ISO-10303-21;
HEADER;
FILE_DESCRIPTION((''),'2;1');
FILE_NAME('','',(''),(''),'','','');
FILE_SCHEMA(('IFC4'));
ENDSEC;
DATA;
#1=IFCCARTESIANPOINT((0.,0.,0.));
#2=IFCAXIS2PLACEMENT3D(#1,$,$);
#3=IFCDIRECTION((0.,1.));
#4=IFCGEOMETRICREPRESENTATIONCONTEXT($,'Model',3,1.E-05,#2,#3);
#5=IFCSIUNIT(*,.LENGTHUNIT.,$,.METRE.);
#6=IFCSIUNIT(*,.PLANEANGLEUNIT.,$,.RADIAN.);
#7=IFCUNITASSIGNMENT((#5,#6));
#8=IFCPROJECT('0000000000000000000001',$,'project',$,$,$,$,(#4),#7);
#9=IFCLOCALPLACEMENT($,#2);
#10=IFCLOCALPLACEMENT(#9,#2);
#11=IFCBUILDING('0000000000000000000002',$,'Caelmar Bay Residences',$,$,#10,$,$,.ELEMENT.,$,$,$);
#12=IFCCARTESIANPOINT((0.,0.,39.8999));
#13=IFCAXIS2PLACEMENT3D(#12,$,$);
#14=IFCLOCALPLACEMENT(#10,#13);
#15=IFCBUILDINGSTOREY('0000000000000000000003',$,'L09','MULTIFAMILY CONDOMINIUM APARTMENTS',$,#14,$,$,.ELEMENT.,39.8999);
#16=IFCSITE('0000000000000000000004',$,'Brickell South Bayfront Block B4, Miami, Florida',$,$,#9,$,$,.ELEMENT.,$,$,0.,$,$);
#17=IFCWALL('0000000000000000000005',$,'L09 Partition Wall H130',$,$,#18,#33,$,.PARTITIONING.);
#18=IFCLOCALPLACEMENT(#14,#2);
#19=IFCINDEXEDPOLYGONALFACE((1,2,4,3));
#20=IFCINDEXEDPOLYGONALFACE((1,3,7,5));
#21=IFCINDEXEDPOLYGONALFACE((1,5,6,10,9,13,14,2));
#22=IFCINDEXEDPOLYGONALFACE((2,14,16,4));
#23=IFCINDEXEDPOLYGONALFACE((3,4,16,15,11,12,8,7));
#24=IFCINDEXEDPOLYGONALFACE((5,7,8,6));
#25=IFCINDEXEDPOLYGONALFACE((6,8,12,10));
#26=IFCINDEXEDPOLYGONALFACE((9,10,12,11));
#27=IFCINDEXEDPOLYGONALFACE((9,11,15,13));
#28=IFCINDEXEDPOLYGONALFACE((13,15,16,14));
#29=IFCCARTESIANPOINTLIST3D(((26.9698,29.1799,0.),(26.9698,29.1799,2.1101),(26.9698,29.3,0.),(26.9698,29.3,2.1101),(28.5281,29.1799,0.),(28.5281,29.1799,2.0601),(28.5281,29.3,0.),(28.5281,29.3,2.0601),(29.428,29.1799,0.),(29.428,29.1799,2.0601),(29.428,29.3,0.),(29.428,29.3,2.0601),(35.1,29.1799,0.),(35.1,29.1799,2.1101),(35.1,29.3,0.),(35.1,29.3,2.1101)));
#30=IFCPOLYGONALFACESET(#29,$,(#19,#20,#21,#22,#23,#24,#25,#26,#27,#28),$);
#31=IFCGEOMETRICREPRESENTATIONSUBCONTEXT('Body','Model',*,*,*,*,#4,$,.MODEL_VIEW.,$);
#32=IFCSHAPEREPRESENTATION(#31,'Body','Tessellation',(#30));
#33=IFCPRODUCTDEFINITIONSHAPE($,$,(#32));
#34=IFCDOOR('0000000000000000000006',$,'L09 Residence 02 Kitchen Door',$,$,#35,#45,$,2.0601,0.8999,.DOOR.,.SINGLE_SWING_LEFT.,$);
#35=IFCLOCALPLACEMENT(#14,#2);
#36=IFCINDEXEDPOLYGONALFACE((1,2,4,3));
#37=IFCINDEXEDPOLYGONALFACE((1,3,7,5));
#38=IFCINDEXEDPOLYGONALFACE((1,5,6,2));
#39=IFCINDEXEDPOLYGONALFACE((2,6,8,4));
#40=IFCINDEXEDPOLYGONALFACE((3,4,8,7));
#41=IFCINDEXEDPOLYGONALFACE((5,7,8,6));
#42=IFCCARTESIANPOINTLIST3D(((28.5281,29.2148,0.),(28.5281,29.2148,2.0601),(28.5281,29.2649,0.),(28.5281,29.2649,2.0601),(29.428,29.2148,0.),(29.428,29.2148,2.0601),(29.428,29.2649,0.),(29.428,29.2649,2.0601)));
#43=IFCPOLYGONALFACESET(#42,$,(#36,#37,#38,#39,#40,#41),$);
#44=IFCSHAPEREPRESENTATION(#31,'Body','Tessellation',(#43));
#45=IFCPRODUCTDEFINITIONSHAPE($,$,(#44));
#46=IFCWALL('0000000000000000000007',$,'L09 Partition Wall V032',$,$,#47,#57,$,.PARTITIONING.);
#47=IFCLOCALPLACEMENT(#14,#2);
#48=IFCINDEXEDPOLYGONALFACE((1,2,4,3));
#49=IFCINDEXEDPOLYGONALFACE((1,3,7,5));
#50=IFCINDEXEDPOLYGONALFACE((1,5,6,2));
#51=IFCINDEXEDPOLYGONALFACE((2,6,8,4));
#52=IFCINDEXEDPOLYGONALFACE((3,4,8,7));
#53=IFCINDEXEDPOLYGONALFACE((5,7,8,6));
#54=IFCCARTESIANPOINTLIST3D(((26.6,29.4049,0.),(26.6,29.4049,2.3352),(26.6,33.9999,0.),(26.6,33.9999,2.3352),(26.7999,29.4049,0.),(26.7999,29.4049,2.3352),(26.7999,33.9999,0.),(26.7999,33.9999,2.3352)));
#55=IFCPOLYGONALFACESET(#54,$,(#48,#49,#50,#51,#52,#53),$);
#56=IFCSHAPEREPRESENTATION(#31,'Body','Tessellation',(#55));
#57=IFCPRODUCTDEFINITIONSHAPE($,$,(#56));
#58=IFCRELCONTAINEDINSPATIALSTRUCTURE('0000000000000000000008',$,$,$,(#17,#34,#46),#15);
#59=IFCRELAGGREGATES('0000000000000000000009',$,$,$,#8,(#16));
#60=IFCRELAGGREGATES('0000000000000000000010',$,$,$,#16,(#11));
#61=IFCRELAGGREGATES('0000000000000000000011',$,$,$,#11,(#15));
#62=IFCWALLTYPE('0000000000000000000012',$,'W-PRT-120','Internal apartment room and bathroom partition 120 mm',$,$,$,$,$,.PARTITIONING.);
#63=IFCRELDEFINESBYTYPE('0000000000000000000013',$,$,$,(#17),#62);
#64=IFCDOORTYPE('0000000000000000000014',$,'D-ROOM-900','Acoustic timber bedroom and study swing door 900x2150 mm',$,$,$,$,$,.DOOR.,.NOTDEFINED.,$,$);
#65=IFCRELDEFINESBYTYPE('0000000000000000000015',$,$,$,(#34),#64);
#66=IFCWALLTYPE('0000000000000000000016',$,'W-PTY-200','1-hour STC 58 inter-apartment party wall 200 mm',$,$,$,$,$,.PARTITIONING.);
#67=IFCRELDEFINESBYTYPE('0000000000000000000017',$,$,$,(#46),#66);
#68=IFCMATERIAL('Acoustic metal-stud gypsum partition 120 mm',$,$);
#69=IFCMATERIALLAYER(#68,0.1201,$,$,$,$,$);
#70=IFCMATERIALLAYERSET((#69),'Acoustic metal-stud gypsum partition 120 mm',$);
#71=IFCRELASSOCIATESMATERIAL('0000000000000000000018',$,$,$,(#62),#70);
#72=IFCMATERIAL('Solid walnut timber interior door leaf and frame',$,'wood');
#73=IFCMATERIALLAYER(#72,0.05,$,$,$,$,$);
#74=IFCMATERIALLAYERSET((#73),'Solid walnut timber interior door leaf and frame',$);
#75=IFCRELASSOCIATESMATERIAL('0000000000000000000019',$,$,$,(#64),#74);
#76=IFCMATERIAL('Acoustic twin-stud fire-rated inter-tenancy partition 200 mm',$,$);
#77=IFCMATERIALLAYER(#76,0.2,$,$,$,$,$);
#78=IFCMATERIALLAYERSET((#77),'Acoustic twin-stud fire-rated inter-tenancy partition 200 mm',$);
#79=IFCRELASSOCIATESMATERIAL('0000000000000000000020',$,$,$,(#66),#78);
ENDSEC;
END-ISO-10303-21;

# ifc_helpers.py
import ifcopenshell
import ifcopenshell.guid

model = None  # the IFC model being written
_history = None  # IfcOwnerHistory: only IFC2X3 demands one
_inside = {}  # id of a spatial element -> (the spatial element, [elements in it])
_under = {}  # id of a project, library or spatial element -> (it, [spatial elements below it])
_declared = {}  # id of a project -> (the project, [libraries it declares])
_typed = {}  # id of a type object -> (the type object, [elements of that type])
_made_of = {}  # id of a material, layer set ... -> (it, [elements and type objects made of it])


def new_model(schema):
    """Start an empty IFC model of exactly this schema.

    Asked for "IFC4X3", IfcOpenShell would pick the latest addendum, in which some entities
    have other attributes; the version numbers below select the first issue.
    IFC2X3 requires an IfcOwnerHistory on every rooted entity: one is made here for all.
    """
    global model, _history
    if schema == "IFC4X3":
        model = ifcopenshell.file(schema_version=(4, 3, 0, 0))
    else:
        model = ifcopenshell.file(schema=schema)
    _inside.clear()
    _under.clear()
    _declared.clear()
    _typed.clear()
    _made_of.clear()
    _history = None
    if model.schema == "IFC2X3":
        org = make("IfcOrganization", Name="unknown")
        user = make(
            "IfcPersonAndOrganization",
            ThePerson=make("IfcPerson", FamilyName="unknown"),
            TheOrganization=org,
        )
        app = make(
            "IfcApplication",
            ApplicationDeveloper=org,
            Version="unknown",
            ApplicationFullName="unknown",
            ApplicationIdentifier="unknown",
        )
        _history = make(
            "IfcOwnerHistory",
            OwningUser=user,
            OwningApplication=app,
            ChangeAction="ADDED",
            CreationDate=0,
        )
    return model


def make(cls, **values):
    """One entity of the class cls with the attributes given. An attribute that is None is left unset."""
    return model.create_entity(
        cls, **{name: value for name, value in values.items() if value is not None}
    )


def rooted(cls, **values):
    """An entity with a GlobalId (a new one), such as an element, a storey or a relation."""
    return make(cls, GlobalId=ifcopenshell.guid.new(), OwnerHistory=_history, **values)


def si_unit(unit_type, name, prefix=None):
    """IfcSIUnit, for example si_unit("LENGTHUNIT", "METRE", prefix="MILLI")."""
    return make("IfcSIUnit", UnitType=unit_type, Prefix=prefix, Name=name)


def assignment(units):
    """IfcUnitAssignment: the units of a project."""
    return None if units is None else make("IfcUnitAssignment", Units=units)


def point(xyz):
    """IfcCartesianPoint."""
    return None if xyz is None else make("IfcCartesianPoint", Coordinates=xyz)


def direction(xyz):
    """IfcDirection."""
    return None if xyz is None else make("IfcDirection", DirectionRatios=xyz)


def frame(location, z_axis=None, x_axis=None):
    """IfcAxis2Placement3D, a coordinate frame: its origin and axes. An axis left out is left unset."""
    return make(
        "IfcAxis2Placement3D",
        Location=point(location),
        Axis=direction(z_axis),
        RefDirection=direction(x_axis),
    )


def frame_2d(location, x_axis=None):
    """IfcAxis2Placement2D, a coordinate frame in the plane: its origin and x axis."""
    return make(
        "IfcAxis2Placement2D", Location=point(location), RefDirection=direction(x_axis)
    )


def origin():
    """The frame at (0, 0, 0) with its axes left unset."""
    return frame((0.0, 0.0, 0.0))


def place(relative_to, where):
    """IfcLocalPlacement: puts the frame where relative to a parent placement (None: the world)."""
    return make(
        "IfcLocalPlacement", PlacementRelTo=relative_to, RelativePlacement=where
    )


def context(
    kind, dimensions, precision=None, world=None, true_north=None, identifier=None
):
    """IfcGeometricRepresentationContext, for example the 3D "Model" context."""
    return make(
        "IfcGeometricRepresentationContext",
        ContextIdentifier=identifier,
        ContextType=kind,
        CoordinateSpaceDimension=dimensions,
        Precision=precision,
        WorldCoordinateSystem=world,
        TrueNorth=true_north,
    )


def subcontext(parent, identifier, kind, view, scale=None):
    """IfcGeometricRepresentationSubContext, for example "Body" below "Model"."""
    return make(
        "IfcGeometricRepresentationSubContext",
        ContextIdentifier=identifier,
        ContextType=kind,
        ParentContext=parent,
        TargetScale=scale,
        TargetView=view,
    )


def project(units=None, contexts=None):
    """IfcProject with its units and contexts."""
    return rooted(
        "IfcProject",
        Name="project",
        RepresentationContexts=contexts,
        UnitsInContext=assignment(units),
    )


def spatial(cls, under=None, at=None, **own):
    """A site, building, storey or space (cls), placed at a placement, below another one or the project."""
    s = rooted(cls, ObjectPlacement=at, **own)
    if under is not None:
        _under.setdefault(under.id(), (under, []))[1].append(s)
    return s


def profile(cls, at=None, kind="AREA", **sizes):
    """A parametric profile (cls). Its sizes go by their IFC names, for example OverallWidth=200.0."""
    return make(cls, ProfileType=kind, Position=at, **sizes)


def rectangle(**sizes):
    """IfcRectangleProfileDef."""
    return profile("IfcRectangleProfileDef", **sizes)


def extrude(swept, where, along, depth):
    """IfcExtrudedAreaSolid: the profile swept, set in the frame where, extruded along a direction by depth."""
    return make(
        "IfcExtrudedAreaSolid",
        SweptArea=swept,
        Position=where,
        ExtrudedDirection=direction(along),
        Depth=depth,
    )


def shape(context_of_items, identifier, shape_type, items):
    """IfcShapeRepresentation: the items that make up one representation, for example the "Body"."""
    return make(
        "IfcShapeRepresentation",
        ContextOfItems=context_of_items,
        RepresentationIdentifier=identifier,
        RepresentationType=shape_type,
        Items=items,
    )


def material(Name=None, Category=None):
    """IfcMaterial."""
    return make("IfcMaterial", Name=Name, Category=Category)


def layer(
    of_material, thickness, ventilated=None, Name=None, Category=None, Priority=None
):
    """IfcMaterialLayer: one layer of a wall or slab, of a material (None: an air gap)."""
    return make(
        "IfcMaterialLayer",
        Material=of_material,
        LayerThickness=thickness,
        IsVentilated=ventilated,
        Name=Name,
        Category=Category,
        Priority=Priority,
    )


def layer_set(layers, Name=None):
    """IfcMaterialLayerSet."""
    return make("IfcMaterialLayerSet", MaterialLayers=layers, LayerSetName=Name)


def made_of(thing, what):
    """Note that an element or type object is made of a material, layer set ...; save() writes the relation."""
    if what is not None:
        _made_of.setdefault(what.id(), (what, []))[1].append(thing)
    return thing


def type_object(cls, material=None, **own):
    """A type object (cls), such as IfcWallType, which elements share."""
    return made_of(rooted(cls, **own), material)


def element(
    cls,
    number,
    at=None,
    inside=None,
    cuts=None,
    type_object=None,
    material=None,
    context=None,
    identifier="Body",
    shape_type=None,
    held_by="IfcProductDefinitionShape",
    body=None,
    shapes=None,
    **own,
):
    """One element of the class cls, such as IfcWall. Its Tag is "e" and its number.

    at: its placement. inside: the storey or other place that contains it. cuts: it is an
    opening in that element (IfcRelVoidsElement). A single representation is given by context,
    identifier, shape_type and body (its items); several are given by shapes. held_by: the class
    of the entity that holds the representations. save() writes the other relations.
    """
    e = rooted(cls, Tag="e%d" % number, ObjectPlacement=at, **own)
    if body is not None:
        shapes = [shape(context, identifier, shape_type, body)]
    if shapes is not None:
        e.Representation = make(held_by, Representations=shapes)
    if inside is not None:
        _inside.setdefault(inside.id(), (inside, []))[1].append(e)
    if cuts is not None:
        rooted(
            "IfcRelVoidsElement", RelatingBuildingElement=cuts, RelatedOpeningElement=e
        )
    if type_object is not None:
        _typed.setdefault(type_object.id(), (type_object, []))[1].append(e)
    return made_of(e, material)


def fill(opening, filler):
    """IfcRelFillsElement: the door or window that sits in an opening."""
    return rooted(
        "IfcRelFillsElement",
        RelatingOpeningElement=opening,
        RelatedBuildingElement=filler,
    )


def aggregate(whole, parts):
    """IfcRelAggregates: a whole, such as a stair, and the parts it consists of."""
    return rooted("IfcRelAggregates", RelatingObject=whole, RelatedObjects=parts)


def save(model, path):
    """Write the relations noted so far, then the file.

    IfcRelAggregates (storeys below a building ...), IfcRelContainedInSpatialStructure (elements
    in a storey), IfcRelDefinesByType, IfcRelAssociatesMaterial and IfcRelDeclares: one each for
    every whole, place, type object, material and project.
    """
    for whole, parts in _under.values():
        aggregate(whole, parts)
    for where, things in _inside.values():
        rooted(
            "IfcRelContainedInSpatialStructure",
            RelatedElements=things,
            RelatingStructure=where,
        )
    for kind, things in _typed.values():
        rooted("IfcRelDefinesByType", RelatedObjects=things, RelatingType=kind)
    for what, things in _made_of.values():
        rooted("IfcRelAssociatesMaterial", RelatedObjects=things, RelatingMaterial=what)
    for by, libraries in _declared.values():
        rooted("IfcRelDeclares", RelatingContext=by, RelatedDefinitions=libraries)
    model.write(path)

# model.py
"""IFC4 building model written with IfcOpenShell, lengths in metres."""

from ifc_helpers import new_model, si_unit, direction, frame, frame_2d, origin, place, context, subcontext, project, spatial, rectangle, extrude, material, layer, layer_set, type_object, element, fill, save


model = new_model("IFC4")

# Units and contexts
model_context = context("Model", 3, precision=1e-05, world=origin(), true_north=direction((0.0, 1.0)))
body_context = subcontext(model_context, "Body", "Model", "MODEL_VIEW")
ifc_project = project(units=[si_unit("LENGTHUNIT", "METRE"), si_unit("PLANEANGLEUNIT", "RADIAN")], contexts=[model_context])

# Site, building, storey
site_placement = place(None, origin())
site = spatial("IfcSite", under=ifc_project, at=site_placement, Name="Brickell South Bayfront Block B4, Miami, Florida", CompositionType="ELEMENT", RefElevation=0.0)
building_placement = place(site_placement, origin())
building = spatial("IfcBuilding", under=site, at=building_placement, Name="Caelmar Bay Residences", CompositionType="ELEMENT")
storey_placement = place(building_placement, frame((0.0, 0.0, 39.8999)))
storey = spatial("IfcBuildingStorey", under=building, at=storey_placement, Name="L09", Description="MULTIFAMILY CONDOMINIUM APARTMENTS", CompositionType="ELEMENT", Elevation=39.8999)

# Shared definitions
ifc_material_1 = material(Name="Acoustic metal-stud gypsum partition 120 mm")
ifc_layer_1 = layer(ifc_material_1, 0.1201)
ifc_layer_set_1 = layer_set([ifc_layer_1], Name="Acoustic metal-stud gypsum partition 120 mm")
wall_type_1 = type_object("IfcWallType", Name="W-PRT-120", Description="Internal apartment room and bathroom partition 120 mm", PredefinedType="PARTITIONING", material=ifc_layer_set_1)

# Shared definitions
ifc_material_2 = material(Name="Solid walnut timber interior door leaf and frame", Category="wood")
ifc_layer_2 = layer(ifc_material_2, 0.05)
ifc_layer_set_2 = layer_set([ifc_layer_2], Name="Solid walnut timber interior door leaf and frame")
door_type_1 = type_object("IfcDoorType", Name="D-ROOM-900", Description="Acoustic timber bedroom and study swing door 900x2150 mm", OperationType="NOTDEFINED", PredefinedType="DOOR", material=ifc_layer_set_2)

# Wall, opening, door
wall_1_placement = place(storey_placement, frame((26.97, 29.24, 0.0), z_axis=(0.0, 0.0, 1.0), x_axis=(1.0, 0.0, 0.0)))
wall_1 = element("IfcWall", 1, at=wall_1_placement, inside=storey, type_object=wall_type_1, Name="L09 Partition Wall H130", PredefinedType="PARTITIONING", context=body_context, shape_type="SweptSolid", body=[
    extrude(rectangle(XDim=8.1301, YDim=0.1201, at=frame_2d((4.0649, 0.0))), origin(), (0.0, 0.0, 1.0), 2.1101),
])
opening_1_placement = place(wall_1_placement, frame((1.5581, 0.0, 0.0)))
opening_1 = element("IfcOpeningElement", 2, at=opening_1_placement, cuts=wall_1, PredefinedType="OPENING", context=body_context, shape_type="SweptSolid", body=[
    extrude(rectangle(XDim=0.8999, YDim=2.0601, at=frame_2d((0.45, 1.03))), frame((0.0, 0.0701, 0.0), z_axis=(0.0, -1.0, 0.0), x_axis=(1.0, 0.0, 0.0)), (0.0, 0.0, 1.0), 0.1401),
])
door_1_placement = place(opening_1_placement, origin())
door_1 = element("IfcDoor", 3, at=door_1_placement, inside=storey, type_object=door_type_1, Name="L09 Residence 02 Kitchen Door", OperationType="SINGLE_SWING_LEFT", OverallHeight=2.0601, OverallWidth=0.8999, PredefinedType="DOOR", context=body_context, shape_type="SweptSolid", body=[
    extrude(rectangle(XDim=0.8999, YDim=2.0601, at=frame_2d((0.45, 1.03))), frame((0.0, 0.0249, 0.0), z_axis=(0.0, -1.0, 0.0), x_axis=(1.0, 0.0, 0.0)), (0.0, 0.0, 1.0), 0.05),
])
fill(opening_1, door_1)

# Wall
ifc_material_3 = material(Name="Acoustic twin-stud fire-rated inter-tenancy partition 200 mm")
ifc_layer_3 = layer(ifc_material_3, 0.2)
ifc_layer_set_3 = layer_set([ifc_layer_3], Name="Acoustic twin-stud fire-rated inter-tenancy partition 200 mm")
wall_type_2 = type_object("IfcWallType", Name="W-PTY-200", Description="1-hour STC 58 inter-apartment party wall 200 mm", PredefinedType="PARTITIONING", material=ifc_layer_set_3)
wall_2_placement = place(storey_placement, frame((26.7, 29.405, 0.0), z_axis=(0.0, 0.0, 1.0), x_axis=(0.0, 1.0, 0.0)))
element("IfcWall", 4, at=wall_2_placement, inside=storey, type_object=wall_type_2, Name="L09 Partition Wall V032", PredefinedType="PARTITIONING", context=body_context, shape_type="SweptSolid", body=[
    extrude(rectangle(XDim=4.595, YDim=0.2, at=frame_2d((2.2974, 0.0))), origin(), (0.0, 0.0, 1.0), 2.3352),
])

save(model, "model.ifc")
